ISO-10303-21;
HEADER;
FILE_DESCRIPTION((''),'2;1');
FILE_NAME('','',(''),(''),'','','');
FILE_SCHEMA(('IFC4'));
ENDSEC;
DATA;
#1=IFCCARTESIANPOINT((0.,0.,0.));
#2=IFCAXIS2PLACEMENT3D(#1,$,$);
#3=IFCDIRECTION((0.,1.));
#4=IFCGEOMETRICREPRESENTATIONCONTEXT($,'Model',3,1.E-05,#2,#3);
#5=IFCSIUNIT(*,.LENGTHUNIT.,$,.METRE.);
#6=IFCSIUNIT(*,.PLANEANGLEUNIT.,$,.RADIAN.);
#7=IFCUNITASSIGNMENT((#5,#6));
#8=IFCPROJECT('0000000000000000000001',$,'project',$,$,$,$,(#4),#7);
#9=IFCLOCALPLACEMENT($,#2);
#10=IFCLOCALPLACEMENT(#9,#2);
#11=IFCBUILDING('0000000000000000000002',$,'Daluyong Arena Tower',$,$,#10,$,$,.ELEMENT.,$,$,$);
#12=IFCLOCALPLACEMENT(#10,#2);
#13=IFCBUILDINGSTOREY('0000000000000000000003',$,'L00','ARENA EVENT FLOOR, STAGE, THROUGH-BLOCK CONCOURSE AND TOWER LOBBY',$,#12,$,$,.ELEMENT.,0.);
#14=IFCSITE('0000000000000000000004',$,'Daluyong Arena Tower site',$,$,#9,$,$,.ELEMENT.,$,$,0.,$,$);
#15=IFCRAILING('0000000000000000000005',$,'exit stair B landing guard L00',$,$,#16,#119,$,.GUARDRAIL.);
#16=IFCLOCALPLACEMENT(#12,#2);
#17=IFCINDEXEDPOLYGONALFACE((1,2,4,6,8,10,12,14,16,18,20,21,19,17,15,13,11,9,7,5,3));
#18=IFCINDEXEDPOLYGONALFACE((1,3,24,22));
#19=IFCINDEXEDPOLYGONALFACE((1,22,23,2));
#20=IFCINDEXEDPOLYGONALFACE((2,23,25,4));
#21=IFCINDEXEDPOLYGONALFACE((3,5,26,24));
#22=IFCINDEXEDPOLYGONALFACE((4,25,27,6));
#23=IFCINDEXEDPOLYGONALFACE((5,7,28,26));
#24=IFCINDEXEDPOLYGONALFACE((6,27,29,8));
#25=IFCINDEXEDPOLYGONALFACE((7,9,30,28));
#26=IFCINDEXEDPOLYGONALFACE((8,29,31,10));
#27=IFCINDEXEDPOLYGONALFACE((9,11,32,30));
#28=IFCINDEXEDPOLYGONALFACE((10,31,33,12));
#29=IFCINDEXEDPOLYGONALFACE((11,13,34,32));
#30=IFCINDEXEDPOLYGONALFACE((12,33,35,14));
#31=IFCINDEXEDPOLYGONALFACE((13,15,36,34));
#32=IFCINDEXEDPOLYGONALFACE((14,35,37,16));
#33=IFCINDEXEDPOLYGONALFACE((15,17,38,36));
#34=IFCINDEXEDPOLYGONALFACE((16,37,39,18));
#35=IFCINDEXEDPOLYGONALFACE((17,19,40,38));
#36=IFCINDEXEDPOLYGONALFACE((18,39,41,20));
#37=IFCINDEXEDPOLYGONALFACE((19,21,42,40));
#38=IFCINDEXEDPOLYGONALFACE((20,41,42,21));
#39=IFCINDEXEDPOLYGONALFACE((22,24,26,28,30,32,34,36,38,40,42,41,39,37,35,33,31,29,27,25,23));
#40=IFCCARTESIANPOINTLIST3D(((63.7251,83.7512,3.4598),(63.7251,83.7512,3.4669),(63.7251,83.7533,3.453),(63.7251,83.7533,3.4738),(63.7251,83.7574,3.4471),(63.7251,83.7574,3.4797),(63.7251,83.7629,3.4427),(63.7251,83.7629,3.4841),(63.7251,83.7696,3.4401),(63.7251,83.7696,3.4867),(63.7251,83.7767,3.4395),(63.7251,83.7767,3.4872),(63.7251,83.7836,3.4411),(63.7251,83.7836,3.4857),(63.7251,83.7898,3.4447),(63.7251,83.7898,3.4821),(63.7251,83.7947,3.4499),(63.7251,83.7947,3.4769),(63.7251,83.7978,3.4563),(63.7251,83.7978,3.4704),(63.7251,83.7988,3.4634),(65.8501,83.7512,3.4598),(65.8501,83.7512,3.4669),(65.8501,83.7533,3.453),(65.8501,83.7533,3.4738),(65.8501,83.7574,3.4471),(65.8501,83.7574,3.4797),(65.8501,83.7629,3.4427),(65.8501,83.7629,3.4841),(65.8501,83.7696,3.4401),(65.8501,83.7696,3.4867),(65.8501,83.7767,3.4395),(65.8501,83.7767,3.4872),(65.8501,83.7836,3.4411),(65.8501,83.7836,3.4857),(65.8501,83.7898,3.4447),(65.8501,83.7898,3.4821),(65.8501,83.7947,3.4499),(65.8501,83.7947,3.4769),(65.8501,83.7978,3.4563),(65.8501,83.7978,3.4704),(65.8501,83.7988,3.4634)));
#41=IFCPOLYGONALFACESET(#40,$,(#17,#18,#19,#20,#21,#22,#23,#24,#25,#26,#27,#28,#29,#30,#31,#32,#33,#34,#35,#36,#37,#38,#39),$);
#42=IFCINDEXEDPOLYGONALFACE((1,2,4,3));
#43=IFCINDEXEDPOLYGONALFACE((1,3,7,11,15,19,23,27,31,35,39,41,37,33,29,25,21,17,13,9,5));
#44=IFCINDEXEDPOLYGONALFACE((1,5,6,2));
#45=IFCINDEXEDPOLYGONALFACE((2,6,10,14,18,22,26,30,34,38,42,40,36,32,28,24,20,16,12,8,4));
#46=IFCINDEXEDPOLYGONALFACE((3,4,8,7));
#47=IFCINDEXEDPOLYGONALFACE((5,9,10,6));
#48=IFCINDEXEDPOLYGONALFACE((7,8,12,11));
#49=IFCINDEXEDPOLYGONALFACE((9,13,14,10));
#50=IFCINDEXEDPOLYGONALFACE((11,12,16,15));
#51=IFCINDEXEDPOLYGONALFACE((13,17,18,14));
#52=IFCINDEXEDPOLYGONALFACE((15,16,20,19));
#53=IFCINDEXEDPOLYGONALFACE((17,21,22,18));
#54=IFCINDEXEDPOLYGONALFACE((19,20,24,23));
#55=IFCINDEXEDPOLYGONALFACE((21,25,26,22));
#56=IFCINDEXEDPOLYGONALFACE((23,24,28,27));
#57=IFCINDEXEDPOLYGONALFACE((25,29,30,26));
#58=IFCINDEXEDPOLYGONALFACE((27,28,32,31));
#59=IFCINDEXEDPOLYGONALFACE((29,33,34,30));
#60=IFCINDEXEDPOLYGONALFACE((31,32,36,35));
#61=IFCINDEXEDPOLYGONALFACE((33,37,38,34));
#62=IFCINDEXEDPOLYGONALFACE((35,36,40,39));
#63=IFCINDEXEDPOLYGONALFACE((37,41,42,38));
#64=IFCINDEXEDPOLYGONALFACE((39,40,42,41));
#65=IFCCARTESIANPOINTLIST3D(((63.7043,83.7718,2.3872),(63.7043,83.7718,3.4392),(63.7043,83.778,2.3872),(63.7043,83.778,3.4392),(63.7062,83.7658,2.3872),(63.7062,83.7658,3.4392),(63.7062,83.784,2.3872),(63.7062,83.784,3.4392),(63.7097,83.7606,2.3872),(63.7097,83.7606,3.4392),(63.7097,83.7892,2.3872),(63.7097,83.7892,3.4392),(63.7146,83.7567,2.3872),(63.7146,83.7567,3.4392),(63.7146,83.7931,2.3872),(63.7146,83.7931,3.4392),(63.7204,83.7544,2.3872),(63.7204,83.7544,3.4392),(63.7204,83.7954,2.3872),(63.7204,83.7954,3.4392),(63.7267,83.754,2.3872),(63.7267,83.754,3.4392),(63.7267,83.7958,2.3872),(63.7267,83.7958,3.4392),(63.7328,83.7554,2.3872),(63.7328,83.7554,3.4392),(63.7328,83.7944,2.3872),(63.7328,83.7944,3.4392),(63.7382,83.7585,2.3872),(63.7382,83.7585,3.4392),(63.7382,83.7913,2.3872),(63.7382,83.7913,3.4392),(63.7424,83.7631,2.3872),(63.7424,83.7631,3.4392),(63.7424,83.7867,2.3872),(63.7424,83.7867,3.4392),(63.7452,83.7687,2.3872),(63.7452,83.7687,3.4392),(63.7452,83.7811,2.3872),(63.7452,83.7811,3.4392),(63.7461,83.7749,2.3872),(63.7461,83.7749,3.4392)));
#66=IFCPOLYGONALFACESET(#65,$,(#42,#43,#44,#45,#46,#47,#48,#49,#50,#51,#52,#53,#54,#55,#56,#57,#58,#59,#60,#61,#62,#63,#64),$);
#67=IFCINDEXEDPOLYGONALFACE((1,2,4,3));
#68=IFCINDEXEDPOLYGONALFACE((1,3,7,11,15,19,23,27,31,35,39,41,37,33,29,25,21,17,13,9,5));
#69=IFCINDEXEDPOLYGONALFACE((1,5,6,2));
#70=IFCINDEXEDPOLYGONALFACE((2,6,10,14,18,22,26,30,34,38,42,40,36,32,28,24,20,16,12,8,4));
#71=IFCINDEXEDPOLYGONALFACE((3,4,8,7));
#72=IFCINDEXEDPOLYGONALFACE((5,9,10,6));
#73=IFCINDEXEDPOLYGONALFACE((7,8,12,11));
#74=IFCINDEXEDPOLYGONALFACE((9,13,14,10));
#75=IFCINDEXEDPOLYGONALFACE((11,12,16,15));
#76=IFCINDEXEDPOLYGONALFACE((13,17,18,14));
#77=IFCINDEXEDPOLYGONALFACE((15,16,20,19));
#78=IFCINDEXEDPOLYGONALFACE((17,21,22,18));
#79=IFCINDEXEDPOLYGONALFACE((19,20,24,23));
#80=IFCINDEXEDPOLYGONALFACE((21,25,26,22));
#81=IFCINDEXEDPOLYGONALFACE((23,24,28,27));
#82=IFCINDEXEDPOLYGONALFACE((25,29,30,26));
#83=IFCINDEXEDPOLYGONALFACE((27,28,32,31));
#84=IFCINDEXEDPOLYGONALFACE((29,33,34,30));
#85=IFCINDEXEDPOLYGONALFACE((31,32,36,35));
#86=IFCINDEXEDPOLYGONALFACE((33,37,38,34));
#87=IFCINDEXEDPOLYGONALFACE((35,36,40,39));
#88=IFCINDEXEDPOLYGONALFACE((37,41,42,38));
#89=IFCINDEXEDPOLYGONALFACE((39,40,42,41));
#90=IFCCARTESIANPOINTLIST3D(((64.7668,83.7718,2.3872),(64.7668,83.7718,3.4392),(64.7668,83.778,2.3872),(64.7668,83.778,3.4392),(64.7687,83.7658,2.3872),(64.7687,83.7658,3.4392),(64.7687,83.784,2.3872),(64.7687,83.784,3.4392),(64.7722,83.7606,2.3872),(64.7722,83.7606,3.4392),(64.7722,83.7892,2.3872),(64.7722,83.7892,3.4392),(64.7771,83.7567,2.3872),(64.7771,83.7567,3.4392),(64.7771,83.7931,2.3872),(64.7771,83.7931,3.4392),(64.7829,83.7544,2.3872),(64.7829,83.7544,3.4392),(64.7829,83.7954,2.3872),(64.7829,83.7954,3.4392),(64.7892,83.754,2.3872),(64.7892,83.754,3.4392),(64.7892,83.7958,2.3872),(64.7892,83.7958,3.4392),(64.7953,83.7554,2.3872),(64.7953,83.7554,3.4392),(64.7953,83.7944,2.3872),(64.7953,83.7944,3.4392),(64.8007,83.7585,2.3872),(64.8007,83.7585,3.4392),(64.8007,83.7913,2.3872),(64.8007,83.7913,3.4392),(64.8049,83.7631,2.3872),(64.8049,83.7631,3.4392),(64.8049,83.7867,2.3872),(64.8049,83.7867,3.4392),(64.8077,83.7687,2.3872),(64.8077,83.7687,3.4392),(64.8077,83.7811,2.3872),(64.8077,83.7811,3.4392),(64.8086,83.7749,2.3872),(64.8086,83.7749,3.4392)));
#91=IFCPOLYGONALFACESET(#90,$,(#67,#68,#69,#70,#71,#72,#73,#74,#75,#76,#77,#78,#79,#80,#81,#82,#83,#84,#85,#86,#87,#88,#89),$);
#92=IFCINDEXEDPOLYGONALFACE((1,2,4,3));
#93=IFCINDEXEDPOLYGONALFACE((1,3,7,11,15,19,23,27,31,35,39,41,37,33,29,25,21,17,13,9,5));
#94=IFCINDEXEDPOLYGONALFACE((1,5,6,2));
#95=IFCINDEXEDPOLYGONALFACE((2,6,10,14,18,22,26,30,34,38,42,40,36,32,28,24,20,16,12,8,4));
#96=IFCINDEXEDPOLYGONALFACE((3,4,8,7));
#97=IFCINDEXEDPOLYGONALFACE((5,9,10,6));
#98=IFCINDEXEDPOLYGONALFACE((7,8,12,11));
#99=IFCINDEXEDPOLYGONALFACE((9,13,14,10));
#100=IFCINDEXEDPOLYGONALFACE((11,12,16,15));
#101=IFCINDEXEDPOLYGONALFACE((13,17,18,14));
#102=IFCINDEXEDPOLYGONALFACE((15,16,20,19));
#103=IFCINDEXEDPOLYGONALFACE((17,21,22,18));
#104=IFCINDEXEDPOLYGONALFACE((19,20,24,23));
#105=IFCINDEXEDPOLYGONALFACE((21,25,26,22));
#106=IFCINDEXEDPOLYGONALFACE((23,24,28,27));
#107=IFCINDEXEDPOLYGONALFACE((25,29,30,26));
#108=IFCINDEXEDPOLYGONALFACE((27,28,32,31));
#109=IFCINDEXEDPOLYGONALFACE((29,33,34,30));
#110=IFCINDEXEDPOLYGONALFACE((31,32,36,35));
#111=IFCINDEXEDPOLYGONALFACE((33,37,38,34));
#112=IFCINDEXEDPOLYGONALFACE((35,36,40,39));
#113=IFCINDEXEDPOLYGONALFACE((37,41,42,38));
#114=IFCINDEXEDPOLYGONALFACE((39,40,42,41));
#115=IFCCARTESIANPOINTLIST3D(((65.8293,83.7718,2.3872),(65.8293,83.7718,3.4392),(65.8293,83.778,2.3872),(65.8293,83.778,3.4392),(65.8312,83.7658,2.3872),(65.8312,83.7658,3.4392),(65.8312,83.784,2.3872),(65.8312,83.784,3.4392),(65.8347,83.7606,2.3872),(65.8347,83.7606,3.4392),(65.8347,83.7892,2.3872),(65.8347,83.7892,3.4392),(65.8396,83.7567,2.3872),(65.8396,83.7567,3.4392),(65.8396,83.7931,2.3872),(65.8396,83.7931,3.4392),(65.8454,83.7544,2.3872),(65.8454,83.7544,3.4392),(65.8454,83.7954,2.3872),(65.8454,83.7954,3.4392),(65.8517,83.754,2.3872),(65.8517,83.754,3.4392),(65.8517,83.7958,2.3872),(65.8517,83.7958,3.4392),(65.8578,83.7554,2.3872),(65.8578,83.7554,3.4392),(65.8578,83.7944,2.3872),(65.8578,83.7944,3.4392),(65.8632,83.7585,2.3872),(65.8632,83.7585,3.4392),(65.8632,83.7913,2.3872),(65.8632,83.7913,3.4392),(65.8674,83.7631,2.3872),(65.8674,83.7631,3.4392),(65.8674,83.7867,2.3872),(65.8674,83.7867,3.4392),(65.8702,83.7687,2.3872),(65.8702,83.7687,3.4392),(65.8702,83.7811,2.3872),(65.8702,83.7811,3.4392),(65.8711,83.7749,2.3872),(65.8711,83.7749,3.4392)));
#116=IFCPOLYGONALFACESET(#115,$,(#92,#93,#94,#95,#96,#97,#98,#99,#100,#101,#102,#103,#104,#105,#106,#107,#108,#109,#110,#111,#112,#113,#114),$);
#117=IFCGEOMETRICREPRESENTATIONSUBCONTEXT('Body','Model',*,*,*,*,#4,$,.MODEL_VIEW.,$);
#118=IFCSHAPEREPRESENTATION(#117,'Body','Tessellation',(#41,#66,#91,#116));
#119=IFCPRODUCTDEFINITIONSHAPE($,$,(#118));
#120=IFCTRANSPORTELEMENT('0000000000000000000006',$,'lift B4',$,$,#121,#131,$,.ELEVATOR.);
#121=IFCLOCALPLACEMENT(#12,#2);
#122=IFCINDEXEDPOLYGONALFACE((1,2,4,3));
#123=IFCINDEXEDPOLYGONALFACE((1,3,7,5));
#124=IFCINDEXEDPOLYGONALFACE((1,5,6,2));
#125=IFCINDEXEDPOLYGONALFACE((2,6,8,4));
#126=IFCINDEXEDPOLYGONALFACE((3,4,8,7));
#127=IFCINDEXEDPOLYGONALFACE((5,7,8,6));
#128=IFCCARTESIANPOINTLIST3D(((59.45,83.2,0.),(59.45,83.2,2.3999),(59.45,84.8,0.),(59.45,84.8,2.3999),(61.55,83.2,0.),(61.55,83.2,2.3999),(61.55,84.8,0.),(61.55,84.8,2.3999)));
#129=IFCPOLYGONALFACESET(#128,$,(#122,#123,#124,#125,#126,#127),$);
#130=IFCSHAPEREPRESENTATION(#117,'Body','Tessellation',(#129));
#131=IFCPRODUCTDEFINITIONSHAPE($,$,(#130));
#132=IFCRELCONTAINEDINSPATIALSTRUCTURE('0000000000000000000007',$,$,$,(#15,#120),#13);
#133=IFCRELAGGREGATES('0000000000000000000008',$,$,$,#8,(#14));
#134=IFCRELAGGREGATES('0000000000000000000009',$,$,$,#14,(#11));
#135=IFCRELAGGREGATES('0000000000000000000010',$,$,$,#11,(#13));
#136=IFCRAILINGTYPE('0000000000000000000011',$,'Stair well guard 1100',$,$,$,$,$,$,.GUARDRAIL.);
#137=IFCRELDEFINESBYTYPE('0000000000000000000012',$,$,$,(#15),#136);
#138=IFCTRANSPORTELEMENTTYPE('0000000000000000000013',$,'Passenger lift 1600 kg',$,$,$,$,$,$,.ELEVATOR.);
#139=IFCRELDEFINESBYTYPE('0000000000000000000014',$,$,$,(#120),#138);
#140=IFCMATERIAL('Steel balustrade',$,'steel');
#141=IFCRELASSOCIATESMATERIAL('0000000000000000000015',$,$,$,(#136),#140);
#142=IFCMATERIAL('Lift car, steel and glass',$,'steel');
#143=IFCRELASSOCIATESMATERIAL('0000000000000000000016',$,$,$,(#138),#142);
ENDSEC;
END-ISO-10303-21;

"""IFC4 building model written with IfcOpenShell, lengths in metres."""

from ifc_helpers import new_model, si_unit, direction, frame, origin, origin_2d, place, context, subcontext, project, spatial, rectangle, circle, extrude, material, type_object, element, save


model = new_model("IFC4")

# Units and contexts
model_context = context("Model", 3, precision=1e-05, world=origin(), true_north=direction((0.0, 1.0)))
body_context = subcontext(model_context, "Body", "Model", "MODEL_VIEW")
ifc_project = project(units=[si_unit("LENGTHUNIT", "METRE"), si_unit("PLANEANGLEUNIT", "RADIAN")], contexts=[model_context])

# Site, building, storey
site_placement = place(None, origin())
site = spatial("IfcSite", under=ifc_project, at=site_placement, Name="Daluyong Arena Tower site", CompositionType="ELEMENT", RefElevation=0.0)
building_placement = place(site_placement, origin())
building = spatial("IfcBuilding", under=site, at=building_placement, Name="Daluyong Arena Tower", CompositionType="ELEMENT")
storey_placement = place(building_placement, origin())
storey = spatial("IfcBuildingStorey", under=building, at=storey_placement, Name="L00", Description="ARENA EVENT FLOOR, STAGE, THROUGH-BLOCK CONCOURSE AND TOWER LOBBY", CompositionType="ELEMENT", Elevation=0.0)

# Railing
ifc_material_1 = material(Name="Steel balustrade", Category="steel")
railing_type_1 = type_object("IfcRailingType", Name="Stair well guard 1100", PredefinedType="GUARDRAIL", material=ifc_material_1)
railing_1_placement = place(storey_placement, frame((63.7251, 83.7749, 2.3872)))
element("IfcRailing", 1, at=railing_1_placement, inside=storey, type_object=railing_type_1, Name="exit stair B landing guard L00", PredefinedType="GUARDRAIL", context=body_context, shape_type="SweptSolid", body=[
    extrude(circle(Radius=0.0239, at=origin_2d()), frame((0.0, 0.0, 1.0762), z_axis=(1.0, 0.0, 0.0), x_axis=(0.0, 1.0, 0.0)), (0.0, 0.0, 1.0), 2.125),
    extrude(circle(Radius=0.021, at=origin_2d()), origin(), (0.0, 0.0, 1.0), 1.052),
    extrude(circle(Radius=0.021, at=origin_2d()), frame((1.0625, 0.0, 0.0)), (0.0, 0.0, 1.0), 1.052),
    extrude(circle(Radius=0.021, at=origin_2d()), frame((2.125, 0.0, 0.0)), (0.0, 0.0, 1.0), 1.052),
])

# Transport element
ifc_material_2 = material(Name="Lift car, steel and glass", Category="steel")
transport_element_type = type_object("IfcTransportElementType", Name="Passenger lift 1600 kg", PredefinedType="ELEVATOR", material=ifc_material_2)
transport_element_placement = place(storey_placement, frame((60.5, 84.0, 0.0), z_axis=(0.0, 0.0, 1.0), x_axis=(1.0, 0.0, 0.0)))
element("IfcTransportElement", 2, at=transport_element_placement, inside=storey, type_object=transport_element_type, Name="lift B4", PredefinedType="ELEVATOR", context=body_context, shape_type="SweptSolid", body=[
    extrude(rectangle(XDim=2.1001, YDim=1.6001, at=origin_2d()), origin(), (0.0, 0.0, 1.0), 2.3999),
])

save(model, "model.ifc")
